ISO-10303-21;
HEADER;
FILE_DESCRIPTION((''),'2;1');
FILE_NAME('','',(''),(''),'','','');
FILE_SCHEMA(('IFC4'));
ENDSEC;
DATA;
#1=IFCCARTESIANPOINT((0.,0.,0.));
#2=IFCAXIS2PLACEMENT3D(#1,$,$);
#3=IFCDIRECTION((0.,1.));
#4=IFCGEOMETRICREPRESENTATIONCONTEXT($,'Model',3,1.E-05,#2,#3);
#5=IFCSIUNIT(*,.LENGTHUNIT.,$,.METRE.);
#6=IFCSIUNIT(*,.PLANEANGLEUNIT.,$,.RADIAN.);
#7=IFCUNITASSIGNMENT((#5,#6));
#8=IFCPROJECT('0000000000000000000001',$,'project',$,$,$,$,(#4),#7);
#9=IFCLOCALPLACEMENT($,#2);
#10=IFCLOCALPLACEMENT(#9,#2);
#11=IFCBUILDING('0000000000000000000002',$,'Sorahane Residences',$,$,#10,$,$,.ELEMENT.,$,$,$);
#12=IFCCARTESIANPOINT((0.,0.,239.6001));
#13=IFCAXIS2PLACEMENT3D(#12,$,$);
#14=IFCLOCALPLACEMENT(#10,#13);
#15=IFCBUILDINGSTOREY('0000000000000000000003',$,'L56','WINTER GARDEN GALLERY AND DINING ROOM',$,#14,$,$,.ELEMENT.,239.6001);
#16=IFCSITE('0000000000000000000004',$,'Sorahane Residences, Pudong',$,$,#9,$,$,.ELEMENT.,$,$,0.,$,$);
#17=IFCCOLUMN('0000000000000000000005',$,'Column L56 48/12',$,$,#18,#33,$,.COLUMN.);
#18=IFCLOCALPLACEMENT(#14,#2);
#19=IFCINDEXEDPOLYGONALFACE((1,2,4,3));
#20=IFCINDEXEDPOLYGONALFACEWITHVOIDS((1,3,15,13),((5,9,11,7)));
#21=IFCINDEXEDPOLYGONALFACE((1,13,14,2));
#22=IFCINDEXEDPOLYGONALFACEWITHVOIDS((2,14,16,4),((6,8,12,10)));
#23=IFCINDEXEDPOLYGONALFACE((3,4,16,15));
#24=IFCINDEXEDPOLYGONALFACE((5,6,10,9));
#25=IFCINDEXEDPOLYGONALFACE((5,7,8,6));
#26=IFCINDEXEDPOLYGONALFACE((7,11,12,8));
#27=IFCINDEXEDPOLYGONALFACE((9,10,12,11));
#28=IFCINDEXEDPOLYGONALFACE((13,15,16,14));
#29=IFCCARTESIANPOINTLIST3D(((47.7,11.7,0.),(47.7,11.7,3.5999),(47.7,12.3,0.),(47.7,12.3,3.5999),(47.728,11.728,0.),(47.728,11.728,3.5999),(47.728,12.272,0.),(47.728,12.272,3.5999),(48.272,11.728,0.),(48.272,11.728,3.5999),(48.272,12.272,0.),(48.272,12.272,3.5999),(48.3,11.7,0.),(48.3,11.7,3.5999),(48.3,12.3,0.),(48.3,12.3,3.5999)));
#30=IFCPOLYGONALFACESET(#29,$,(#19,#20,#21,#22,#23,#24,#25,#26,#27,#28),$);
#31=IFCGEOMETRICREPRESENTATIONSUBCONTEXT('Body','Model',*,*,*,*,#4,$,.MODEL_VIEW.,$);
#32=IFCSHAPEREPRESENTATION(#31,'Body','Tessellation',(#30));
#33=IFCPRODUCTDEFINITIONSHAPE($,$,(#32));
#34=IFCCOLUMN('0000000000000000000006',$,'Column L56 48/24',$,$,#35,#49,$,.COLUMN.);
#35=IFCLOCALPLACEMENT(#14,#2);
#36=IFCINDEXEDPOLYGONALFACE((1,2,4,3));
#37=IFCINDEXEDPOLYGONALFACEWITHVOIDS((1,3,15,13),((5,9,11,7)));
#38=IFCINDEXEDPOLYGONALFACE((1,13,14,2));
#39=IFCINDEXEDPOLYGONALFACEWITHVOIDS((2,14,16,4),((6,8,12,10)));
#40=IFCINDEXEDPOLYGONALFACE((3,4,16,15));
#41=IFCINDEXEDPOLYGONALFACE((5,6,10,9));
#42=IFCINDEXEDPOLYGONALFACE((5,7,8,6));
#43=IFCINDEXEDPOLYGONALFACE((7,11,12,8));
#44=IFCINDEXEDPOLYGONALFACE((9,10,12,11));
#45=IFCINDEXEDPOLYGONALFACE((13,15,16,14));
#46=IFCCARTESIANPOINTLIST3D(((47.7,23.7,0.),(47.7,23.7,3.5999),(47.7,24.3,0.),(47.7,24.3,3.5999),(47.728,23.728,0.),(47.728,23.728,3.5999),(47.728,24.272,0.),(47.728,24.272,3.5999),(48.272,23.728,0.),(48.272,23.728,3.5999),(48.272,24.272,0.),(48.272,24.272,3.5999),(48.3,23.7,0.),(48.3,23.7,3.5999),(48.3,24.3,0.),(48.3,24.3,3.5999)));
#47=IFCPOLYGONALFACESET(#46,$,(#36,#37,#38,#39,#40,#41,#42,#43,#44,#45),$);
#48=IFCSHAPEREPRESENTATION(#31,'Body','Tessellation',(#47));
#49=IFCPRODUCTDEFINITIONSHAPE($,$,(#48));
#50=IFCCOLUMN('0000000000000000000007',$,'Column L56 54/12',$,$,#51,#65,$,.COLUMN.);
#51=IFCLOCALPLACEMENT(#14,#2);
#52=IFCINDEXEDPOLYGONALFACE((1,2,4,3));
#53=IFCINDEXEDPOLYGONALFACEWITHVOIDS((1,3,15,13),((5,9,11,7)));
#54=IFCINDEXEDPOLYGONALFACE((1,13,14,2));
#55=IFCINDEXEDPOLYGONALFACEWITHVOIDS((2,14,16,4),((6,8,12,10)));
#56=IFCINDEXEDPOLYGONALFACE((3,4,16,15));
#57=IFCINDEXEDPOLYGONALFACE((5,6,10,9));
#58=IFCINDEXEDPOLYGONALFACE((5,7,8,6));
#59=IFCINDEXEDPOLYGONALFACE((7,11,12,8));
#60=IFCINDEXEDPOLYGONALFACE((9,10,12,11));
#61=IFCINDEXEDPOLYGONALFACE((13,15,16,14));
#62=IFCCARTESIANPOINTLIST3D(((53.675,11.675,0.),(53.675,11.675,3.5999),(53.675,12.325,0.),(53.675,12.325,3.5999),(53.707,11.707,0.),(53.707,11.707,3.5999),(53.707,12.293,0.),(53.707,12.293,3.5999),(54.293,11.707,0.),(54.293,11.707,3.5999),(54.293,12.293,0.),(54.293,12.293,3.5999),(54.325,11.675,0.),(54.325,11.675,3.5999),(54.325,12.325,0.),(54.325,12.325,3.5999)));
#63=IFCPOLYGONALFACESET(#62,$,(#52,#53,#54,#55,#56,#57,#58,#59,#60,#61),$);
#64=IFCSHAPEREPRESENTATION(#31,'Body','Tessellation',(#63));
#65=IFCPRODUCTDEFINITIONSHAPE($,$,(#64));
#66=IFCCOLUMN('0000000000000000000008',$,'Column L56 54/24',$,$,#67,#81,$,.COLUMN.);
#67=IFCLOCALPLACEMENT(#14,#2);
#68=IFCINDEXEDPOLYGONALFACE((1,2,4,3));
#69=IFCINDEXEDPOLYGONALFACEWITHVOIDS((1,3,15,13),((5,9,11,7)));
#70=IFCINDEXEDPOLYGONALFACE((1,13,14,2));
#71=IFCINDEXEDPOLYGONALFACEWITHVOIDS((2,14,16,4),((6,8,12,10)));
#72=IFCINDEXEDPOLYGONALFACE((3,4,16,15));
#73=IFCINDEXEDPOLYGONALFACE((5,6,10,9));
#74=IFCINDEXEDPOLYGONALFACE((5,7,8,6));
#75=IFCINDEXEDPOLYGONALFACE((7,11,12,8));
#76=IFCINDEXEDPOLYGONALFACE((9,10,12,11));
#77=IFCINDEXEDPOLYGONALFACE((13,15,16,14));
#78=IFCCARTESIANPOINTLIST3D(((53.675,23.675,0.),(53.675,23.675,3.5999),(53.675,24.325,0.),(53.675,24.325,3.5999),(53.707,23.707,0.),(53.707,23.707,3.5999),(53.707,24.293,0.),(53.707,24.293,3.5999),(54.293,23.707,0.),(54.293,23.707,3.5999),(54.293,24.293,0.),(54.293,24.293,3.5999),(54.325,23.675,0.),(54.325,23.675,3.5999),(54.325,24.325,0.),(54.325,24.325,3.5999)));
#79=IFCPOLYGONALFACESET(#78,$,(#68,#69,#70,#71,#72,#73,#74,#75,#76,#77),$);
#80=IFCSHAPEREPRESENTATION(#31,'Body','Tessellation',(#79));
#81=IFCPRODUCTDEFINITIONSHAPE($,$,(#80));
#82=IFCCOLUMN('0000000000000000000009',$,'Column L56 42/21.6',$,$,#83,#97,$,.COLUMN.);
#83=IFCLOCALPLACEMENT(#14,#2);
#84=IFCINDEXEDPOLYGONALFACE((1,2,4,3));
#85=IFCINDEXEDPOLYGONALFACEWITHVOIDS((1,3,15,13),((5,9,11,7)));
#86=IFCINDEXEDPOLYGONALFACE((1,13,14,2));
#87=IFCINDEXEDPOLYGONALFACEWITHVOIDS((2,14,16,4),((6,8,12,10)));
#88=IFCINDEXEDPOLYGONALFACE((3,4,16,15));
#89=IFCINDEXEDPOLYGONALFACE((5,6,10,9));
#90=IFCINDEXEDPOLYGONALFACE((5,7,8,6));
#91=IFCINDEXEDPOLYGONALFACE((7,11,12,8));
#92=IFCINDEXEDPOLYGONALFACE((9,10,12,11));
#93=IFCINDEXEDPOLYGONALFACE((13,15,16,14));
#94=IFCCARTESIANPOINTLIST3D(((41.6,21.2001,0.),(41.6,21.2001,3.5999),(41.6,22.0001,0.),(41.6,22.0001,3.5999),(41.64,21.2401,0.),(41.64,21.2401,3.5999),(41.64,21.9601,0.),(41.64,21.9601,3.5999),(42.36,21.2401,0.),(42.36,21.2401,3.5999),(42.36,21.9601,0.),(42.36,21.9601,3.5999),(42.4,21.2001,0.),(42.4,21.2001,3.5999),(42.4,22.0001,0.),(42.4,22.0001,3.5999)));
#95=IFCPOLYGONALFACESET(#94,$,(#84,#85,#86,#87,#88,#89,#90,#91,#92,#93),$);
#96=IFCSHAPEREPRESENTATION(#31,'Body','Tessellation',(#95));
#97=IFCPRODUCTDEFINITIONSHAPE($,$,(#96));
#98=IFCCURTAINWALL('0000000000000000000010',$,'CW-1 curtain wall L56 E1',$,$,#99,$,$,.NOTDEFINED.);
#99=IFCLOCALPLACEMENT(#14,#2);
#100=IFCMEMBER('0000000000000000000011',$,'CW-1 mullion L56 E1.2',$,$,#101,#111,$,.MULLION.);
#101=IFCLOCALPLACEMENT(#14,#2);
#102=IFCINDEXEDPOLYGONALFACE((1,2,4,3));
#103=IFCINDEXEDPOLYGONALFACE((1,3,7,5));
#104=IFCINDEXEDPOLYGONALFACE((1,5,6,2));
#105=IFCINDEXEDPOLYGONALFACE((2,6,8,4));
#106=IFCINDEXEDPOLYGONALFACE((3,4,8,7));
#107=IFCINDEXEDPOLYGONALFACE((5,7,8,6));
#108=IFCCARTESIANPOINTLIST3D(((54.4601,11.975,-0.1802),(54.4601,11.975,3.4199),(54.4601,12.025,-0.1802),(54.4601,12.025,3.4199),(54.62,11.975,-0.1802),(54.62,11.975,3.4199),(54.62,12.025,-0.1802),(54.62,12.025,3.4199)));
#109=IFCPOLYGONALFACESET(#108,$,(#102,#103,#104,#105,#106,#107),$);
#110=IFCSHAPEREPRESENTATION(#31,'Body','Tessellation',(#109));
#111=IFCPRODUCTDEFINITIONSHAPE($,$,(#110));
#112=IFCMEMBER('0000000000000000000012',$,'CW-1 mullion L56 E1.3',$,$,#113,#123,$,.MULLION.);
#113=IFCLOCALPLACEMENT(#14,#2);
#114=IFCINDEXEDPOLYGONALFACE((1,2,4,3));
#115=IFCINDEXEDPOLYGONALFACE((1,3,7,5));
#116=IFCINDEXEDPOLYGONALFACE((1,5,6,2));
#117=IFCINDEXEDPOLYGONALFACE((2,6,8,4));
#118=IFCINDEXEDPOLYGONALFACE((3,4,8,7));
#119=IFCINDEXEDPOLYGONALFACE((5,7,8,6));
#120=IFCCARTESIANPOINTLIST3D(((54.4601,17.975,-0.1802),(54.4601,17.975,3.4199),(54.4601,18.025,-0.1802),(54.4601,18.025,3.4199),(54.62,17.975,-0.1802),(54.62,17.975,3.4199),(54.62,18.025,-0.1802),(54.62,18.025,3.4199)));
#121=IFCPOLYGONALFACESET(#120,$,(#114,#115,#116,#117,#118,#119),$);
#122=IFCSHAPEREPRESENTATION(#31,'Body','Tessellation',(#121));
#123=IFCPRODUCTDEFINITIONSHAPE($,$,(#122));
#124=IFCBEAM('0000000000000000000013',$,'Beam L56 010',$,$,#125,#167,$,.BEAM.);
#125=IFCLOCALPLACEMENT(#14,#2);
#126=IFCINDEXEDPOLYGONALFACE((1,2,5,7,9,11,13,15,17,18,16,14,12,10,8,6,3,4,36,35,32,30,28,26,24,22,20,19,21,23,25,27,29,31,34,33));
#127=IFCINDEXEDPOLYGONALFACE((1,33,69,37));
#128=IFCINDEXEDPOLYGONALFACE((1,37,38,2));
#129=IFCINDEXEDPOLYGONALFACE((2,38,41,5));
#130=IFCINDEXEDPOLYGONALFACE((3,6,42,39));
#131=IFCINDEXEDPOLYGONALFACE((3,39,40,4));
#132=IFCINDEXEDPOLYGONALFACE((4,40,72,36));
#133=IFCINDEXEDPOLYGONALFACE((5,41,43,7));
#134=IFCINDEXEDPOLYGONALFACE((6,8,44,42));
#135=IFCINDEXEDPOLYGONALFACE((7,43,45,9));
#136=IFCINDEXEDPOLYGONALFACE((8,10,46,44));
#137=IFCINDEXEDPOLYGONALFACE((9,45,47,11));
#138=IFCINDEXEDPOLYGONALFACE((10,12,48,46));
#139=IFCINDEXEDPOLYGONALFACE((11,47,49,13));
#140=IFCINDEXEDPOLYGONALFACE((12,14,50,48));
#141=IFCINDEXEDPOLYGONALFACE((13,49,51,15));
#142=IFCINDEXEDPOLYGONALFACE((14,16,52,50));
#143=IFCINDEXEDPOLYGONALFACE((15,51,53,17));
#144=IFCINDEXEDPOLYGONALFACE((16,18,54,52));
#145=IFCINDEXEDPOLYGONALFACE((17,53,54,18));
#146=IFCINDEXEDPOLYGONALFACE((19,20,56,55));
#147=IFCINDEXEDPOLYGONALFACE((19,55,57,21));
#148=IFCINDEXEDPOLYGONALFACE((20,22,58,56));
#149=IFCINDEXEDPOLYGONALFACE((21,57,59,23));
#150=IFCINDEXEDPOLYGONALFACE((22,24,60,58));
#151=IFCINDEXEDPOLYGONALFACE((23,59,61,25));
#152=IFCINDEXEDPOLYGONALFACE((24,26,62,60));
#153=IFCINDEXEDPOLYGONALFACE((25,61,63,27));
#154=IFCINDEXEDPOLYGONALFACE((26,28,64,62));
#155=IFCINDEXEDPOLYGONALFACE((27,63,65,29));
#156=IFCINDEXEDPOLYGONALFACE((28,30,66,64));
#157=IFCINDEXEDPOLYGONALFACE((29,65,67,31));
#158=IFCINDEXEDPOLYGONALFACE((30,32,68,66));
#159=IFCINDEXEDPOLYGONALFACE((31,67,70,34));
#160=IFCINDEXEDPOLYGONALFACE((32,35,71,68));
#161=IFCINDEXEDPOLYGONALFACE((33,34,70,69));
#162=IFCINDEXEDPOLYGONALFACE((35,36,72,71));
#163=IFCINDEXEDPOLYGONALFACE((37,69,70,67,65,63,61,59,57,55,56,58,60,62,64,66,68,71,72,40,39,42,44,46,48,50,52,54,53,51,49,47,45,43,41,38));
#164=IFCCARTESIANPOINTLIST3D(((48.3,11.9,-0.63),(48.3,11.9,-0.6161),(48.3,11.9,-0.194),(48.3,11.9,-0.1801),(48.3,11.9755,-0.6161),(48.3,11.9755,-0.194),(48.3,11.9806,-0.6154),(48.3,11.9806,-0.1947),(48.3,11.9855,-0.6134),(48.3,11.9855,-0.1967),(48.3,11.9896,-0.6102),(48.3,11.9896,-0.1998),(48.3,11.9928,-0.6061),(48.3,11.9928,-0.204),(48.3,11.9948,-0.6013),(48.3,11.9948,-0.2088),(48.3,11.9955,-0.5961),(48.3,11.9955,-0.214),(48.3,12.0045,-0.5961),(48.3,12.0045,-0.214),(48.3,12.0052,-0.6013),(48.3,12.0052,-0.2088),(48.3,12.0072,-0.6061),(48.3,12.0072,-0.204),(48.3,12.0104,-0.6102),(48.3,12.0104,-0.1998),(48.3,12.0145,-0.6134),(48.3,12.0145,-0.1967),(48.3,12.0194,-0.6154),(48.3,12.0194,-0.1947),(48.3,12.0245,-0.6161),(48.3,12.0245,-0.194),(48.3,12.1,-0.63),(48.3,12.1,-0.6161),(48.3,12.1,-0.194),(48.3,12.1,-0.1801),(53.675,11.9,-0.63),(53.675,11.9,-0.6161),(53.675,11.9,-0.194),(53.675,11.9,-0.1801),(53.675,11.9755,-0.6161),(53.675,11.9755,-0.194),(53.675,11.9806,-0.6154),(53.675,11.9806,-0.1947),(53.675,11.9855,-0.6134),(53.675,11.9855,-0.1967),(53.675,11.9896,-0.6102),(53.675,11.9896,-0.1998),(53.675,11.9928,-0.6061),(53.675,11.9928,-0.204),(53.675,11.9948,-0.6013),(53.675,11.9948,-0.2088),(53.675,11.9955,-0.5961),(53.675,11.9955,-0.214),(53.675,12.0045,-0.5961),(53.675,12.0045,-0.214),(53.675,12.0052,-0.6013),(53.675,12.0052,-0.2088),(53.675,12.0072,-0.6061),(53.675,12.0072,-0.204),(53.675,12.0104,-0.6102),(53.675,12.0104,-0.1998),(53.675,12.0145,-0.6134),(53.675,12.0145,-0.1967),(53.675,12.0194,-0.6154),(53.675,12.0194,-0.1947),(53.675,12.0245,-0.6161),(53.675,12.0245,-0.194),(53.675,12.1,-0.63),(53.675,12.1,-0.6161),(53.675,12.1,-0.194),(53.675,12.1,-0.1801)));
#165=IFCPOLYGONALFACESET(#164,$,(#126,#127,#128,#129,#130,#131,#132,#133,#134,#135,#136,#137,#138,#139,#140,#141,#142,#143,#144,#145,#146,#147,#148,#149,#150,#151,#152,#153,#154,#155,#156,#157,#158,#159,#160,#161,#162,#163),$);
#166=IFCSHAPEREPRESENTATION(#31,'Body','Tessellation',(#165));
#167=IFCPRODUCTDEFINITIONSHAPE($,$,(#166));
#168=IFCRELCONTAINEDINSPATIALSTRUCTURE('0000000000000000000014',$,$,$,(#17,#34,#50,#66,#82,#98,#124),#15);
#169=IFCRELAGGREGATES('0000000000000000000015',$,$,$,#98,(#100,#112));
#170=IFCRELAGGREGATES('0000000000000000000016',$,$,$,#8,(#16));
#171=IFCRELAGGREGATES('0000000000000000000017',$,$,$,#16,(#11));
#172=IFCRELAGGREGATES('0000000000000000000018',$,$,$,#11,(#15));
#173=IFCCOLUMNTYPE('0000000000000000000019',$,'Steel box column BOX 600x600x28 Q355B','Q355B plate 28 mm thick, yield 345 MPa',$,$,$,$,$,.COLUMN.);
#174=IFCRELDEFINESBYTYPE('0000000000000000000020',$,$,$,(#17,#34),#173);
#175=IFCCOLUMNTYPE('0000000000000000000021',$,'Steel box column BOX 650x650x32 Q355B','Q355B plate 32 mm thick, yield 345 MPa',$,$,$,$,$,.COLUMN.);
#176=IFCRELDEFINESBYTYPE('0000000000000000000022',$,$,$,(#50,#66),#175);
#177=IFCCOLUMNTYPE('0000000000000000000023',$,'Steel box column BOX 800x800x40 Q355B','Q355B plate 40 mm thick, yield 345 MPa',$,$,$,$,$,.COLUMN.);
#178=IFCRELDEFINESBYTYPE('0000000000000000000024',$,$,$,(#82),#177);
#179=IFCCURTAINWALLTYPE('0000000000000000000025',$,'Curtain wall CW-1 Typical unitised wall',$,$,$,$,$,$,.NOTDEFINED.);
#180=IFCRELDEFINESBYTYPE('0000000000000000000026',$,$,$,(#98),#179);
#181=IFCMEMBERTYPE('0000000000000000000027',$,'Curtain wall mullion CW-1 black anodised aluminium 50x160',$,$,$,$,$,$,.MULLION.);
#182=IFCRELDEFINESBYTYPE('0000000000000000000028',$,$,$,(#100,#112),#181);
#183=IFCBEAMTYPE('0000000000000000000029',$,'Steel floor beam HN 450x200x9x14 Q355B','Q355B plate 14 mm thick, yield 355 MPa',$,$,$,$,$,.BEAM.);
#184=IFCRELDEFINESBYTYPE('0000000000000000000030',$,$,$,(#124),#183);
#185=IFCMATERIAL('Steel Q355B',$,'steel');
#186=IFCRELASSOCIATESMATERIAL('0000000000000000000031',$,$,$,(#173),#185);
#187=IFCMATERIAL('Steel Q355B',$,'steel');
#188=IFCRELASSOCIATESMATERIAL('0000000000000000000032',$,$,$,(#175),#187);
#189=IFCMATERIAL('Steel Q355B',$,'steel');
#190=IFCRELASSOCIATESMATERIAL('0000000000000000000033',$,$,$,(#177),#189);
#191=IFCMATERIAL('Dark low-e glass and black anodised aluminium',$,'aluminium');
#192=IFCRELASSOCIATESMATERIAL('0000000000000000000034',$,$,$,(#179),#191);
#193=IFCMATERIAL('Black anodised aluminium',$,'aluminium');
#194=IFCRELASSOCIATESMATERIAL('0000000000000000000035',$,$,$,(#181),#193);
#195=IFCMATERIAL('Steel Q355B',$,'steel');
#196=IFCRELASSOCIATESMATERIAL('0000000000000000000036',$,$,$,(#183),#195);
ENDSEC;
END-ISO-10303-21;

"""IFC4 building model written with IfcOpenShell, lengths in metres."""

from ifc_helpers import new_model, si_unit, direction, frame, origin, origin_2d, place, context, subcontext, project, spatial, rectangle, hollow_rectangle, i_section, extrude, material, material_profile, profile_set, type_object, element, aggregate, save


model = new_model("IFC4")

# Units and contexts
model_context = context("Model", 3, precision=1e-05, world=origin(), true_north=direction((0.0, 1.0)))
body_context = subcontext(model_context, "Body", "Model", "MODEL_VIEW")
ifc_project = project(units=[si_unit("LENGTHUNIT", "METRE"), si_unit("PLANEANGLEUNIT", "RADIAN")], contexts=[model_context])

# Site, building, storey
site_placement = place(None, origin())
site = spatial("IfcSite", under=ifc_project, at=site_placement, Name="Sorahane Residences, Pudong", CompositionType="ELEMENT", RefElevation=0.0)
building_placement = place(site_placement, origin())
building = spatial("IfcBuilding", under=site, at=building_placement, Name="Sorahane Residences", CompositionType="ELEMENT")
storey_placement = place(building_placement, frame((0.0, 0.0, 239.6001)))
storey = spatial("IfcBuildingStorey", under=building, at=storey_placement, Name="L56", Description="WINTER GARDEN GALLERY AND DINING ROOM", CompositionType="ELEMENT", Elevation=239.6001)

# Columns
ifc_material_1 = material(Name="Steel Q355B", Category="steel")
ifc_material_profile_1 = material_profile(ifc_material_1, hollow_rectangle(XDim=0.6001, YDim=0.6001, WallThickness=0.0281, at=origin_2d()), Name="BOX 600x600x28")
ifc_profile_set_1 = profile_set([ifc_material_profile_1], Name="Steel Q355B")
column_type_1 = type_object("IfcColumnType", Name="Steel box column BOX 600x600x28 Q355B", Description="Q355B plate 28 mm thick, yield 345 MPa", PredefinedType="COLUMN", material=ifc_profile_set_1)
for number, where, z_axis, x_axis, name in (
    (1, (48.0, 12.0, 0.0), (0.0, 0.0, 1.0), (1.0, 0.0, 0.0), "Column L56 48/12"),
    (2, (48.0, 24.0, 0.0), (0.0, 0.0, 1.0), (1.0, 0.0, 0.0), "Column L56 48/24"),
):
    element("IfcColumn", number, at=place(storey_placement, frame(where, z_axis=z_axis, x_axis=x_axis)), inside=storey, type_object=column_type_1, Name=name, PredefinedType="COLUMN", context=body_context, shape_type="SweptSolid", body=[
        extrude(hollow_rectangle(XDim=0.6001, YDim=0.6001, WallThickness=0.0281, at=origin_2d()), origin(), (0.0, 0.0, 1.0), 3.5999),
    ])
ifc_material_2 = material(Name="Steel Q355B", Category="steel")
ifc_material_profile_2 = material_profile(ifc_material_2, hollow_rectangle(XDim=0.6499, YDim=0.6499, WallThickness=0.032, at=origin_2d()), Name="BOX 650x650x32")
ifc_profile_set_2 = profile_set([ifc_material_profile_2], Name="Steel Q355B")
column_type_2 = type_object("IfcColumnType", Name="Steel box column BOX 650x650x32 Q355B", Description="Q355B plate 32 mm thick, yield 345 MPa", PredefinedType="COLUMN", material=ifc_profile_set_2)
for number, where, z_axis, x_axis, name in (
    (3, (54.0, 12.0, 0.0), (0.0, 0.0, 1.0), (1.0, 0.0, 0.0), "Column L56 54/12"),
    (4, (54.0, 24.0, 0.0), (0.0, 0.0, 1.0), (1.0, 0.0, 0.0), "Column L56 54/24"),
):
    element("IfcColumn", number, at=place(storey_placement, frame(where, z_axis=z_axis, x_axis=x_axis)), inside=storey, type_object=column_type_2, Name=name, PredefinedType="COLUMN", context=body_context, shape_type="SweptSolid", body=[
        extrude(hollow_rectangle(XDim=0.6499, YDim=0.6499, WallThickness=0.032, at=origin_2d()), origin(), (0.0, 0.0, 1.0), 3.5999),
    ])
ifc_material_3 = material(Name="Steel Q355B", Category="steel")
ifc_material_profile_3 = material_profile(ifc_material_3, hollow_rectangle(XDim=0.8, YDim=0.8, WallThickness=0.04, at=origin_2d()), Name="BOX 800x800x40")
ifc_profile_set_3 = profile_set([ifc_material_profile_3], Name="Steel Q355B")
column_type_3 = type_object("IfcColumnType", Name="Steel box column BOX 800x800x40 Q355B", Description="Q355B plate 40 mm thick, yield 345 MPa", PredefinedType="COLUMN", material=ifc_profile_set_3)
column_placement = place(storey_placement, frame((42.0, 21.6001, 0.0), z_axis=(0.0, 0.0, 1.0), x_axis=(1.0, 0.0, 0.0)))
element("IfcColumn", 5, at=column_placement, inside=storey, type_object=column_type_3, Name="Column L56 42/21.6", PredefinedType="COLUMN", context=body_context, shape_type="SweptSolid", body=[
    extrude(hollow_rectangle(XDim=0.8, YDim=0.8, WallThickness=0.04, at=origin_2d()), origin(), (0.0, 0.0, 1.0), 3.5999),
])

# Curtain wall, members
ifc_material_4 = material(Name="Dark low-e glass and black anodised aluminium", Category="aluminium")
curtain_wall_type = type_object("IfcCurtainWallType", Name="Curtain wall CW-1 Typical unitised wall", PredefinedType="NOTDEFINED", material=ifc_material_4)
curtain_wall_placement = place(storey_placement, origin())
curtain_wall = element("IfcCurtainWall", 6, at=curtain_wall_placement, inside=storey, type_object=curtain_wall_type, Name="CW-1 curtain wall L56 E1", PredefinedType="NOTDEFINED")
ifc_material_5 = material(Name="Black anodised aluminium", Category="aluminium")
ifc_material_profile_4 = material_profile(ifc_material_5, rectangle(XDim=0.1599, YDim=0.05, at=origin_2d()), Name="Curtain wall mullion CW-1 black anodised aluminium 50x160")
ifc_profile_set_4 = profile_set([ifc_material_profile_4], Name="Black anodised aluminium")
member_type = type_object("IfcMemberType", Name="Curtain wall mullion CW-1 black anodised aluminium 50x160", PredefinedType="MULLION", material=ifc_profile_set_4)
member_1_placement = place(storey_placement, frame((54.54, 12.0, -0.1802), z_axis=(0.0, 0.0, 1.0), x_axis=(1.0, 0.0, 0.0)))
member_1 = element("IfcMember", 7, at=member_1_placement, type_object=member_type, Name="CW-1 mullion L56 E1.2", PredefinedType="MULLION", context=body_context, shape_type="SweptSolid", body=[
    extrude(rectangle(XDim=0.1599, YDim=0.05, at=origin_2d()), origin(), (0.0, 0.0, 1.0), 3.6001),
])
member_2_placement = place(storey_placement, frame((54.54, 18.0, -0.1802), z_axis=(0.0, 0.0, 1.0), x_axis=(1.0, 0.0, 0.0)))
member_2 = element("IfcMember", 8, at=member_2_placement, type_object=member_type, Name="CW-1 mullion L56 E1.3", PredefinedType="MULLION", context=body_context, shape_type="SweptSolid", body=[
    extrude(rectangle(XDim=0.1599, YDim=0.05, at=origin_2d()), origin(), (0.0, 0.0, 1.0), 3.6001),
])

# Beam
ifc_material_6 = material(Name="Steel Q355B", Category="steel")
ifc_material_profile_5 = material_profile(ifc_material_6, i_section(OverallWidth=0.2, OverallDepth=0.45, WebThickness=0.009, FlangeThickness=0.0139, FilletRadius=0.02, at=origin_2d()), Name="HN 450x200x9x14")
ifc_profile_set_5 = profile_set([ifc_material_profile_5], Name="Steel Q355B")
beam_type_1 = type_object("IfcBeamType", Name="Steel floor beam HN 450x200x9x14 Q355B", Description="Q355B plate 14 mm thick, yield 355 MPa", PredefinedType="BEAM", material=ifc_profile_set_5)
for number, where, z_axis, x_axis, name in (
    (9, (48.3, 12.0, -0.405), (1.0, 0.0, 0.0), (0.0, 1.0, 0.0), "Beam L56 010"),
):
    element("IfcBeam", number, at=place(storey_placement, frame(where, z_axis=z_axis, x_axis=x_axis)), inside=storey, type_object=beam_type_1, Name=name, PredefinedType="BEAM", context=body_context, shape_type="SweptSolid", body=[
        extrude(i_section(OverallWidth=0.2, OverallDepth=0.45, WebThickness=0.009, FlangeThickness=0.0139, FilletRadius=0.02, at=origin_2d()), origin(), (0.0, 0.0, 1.0), 5.375),
    ])

aggregate(curtain_wall, [member_1, member_2])

save(model, "model.ifc")
